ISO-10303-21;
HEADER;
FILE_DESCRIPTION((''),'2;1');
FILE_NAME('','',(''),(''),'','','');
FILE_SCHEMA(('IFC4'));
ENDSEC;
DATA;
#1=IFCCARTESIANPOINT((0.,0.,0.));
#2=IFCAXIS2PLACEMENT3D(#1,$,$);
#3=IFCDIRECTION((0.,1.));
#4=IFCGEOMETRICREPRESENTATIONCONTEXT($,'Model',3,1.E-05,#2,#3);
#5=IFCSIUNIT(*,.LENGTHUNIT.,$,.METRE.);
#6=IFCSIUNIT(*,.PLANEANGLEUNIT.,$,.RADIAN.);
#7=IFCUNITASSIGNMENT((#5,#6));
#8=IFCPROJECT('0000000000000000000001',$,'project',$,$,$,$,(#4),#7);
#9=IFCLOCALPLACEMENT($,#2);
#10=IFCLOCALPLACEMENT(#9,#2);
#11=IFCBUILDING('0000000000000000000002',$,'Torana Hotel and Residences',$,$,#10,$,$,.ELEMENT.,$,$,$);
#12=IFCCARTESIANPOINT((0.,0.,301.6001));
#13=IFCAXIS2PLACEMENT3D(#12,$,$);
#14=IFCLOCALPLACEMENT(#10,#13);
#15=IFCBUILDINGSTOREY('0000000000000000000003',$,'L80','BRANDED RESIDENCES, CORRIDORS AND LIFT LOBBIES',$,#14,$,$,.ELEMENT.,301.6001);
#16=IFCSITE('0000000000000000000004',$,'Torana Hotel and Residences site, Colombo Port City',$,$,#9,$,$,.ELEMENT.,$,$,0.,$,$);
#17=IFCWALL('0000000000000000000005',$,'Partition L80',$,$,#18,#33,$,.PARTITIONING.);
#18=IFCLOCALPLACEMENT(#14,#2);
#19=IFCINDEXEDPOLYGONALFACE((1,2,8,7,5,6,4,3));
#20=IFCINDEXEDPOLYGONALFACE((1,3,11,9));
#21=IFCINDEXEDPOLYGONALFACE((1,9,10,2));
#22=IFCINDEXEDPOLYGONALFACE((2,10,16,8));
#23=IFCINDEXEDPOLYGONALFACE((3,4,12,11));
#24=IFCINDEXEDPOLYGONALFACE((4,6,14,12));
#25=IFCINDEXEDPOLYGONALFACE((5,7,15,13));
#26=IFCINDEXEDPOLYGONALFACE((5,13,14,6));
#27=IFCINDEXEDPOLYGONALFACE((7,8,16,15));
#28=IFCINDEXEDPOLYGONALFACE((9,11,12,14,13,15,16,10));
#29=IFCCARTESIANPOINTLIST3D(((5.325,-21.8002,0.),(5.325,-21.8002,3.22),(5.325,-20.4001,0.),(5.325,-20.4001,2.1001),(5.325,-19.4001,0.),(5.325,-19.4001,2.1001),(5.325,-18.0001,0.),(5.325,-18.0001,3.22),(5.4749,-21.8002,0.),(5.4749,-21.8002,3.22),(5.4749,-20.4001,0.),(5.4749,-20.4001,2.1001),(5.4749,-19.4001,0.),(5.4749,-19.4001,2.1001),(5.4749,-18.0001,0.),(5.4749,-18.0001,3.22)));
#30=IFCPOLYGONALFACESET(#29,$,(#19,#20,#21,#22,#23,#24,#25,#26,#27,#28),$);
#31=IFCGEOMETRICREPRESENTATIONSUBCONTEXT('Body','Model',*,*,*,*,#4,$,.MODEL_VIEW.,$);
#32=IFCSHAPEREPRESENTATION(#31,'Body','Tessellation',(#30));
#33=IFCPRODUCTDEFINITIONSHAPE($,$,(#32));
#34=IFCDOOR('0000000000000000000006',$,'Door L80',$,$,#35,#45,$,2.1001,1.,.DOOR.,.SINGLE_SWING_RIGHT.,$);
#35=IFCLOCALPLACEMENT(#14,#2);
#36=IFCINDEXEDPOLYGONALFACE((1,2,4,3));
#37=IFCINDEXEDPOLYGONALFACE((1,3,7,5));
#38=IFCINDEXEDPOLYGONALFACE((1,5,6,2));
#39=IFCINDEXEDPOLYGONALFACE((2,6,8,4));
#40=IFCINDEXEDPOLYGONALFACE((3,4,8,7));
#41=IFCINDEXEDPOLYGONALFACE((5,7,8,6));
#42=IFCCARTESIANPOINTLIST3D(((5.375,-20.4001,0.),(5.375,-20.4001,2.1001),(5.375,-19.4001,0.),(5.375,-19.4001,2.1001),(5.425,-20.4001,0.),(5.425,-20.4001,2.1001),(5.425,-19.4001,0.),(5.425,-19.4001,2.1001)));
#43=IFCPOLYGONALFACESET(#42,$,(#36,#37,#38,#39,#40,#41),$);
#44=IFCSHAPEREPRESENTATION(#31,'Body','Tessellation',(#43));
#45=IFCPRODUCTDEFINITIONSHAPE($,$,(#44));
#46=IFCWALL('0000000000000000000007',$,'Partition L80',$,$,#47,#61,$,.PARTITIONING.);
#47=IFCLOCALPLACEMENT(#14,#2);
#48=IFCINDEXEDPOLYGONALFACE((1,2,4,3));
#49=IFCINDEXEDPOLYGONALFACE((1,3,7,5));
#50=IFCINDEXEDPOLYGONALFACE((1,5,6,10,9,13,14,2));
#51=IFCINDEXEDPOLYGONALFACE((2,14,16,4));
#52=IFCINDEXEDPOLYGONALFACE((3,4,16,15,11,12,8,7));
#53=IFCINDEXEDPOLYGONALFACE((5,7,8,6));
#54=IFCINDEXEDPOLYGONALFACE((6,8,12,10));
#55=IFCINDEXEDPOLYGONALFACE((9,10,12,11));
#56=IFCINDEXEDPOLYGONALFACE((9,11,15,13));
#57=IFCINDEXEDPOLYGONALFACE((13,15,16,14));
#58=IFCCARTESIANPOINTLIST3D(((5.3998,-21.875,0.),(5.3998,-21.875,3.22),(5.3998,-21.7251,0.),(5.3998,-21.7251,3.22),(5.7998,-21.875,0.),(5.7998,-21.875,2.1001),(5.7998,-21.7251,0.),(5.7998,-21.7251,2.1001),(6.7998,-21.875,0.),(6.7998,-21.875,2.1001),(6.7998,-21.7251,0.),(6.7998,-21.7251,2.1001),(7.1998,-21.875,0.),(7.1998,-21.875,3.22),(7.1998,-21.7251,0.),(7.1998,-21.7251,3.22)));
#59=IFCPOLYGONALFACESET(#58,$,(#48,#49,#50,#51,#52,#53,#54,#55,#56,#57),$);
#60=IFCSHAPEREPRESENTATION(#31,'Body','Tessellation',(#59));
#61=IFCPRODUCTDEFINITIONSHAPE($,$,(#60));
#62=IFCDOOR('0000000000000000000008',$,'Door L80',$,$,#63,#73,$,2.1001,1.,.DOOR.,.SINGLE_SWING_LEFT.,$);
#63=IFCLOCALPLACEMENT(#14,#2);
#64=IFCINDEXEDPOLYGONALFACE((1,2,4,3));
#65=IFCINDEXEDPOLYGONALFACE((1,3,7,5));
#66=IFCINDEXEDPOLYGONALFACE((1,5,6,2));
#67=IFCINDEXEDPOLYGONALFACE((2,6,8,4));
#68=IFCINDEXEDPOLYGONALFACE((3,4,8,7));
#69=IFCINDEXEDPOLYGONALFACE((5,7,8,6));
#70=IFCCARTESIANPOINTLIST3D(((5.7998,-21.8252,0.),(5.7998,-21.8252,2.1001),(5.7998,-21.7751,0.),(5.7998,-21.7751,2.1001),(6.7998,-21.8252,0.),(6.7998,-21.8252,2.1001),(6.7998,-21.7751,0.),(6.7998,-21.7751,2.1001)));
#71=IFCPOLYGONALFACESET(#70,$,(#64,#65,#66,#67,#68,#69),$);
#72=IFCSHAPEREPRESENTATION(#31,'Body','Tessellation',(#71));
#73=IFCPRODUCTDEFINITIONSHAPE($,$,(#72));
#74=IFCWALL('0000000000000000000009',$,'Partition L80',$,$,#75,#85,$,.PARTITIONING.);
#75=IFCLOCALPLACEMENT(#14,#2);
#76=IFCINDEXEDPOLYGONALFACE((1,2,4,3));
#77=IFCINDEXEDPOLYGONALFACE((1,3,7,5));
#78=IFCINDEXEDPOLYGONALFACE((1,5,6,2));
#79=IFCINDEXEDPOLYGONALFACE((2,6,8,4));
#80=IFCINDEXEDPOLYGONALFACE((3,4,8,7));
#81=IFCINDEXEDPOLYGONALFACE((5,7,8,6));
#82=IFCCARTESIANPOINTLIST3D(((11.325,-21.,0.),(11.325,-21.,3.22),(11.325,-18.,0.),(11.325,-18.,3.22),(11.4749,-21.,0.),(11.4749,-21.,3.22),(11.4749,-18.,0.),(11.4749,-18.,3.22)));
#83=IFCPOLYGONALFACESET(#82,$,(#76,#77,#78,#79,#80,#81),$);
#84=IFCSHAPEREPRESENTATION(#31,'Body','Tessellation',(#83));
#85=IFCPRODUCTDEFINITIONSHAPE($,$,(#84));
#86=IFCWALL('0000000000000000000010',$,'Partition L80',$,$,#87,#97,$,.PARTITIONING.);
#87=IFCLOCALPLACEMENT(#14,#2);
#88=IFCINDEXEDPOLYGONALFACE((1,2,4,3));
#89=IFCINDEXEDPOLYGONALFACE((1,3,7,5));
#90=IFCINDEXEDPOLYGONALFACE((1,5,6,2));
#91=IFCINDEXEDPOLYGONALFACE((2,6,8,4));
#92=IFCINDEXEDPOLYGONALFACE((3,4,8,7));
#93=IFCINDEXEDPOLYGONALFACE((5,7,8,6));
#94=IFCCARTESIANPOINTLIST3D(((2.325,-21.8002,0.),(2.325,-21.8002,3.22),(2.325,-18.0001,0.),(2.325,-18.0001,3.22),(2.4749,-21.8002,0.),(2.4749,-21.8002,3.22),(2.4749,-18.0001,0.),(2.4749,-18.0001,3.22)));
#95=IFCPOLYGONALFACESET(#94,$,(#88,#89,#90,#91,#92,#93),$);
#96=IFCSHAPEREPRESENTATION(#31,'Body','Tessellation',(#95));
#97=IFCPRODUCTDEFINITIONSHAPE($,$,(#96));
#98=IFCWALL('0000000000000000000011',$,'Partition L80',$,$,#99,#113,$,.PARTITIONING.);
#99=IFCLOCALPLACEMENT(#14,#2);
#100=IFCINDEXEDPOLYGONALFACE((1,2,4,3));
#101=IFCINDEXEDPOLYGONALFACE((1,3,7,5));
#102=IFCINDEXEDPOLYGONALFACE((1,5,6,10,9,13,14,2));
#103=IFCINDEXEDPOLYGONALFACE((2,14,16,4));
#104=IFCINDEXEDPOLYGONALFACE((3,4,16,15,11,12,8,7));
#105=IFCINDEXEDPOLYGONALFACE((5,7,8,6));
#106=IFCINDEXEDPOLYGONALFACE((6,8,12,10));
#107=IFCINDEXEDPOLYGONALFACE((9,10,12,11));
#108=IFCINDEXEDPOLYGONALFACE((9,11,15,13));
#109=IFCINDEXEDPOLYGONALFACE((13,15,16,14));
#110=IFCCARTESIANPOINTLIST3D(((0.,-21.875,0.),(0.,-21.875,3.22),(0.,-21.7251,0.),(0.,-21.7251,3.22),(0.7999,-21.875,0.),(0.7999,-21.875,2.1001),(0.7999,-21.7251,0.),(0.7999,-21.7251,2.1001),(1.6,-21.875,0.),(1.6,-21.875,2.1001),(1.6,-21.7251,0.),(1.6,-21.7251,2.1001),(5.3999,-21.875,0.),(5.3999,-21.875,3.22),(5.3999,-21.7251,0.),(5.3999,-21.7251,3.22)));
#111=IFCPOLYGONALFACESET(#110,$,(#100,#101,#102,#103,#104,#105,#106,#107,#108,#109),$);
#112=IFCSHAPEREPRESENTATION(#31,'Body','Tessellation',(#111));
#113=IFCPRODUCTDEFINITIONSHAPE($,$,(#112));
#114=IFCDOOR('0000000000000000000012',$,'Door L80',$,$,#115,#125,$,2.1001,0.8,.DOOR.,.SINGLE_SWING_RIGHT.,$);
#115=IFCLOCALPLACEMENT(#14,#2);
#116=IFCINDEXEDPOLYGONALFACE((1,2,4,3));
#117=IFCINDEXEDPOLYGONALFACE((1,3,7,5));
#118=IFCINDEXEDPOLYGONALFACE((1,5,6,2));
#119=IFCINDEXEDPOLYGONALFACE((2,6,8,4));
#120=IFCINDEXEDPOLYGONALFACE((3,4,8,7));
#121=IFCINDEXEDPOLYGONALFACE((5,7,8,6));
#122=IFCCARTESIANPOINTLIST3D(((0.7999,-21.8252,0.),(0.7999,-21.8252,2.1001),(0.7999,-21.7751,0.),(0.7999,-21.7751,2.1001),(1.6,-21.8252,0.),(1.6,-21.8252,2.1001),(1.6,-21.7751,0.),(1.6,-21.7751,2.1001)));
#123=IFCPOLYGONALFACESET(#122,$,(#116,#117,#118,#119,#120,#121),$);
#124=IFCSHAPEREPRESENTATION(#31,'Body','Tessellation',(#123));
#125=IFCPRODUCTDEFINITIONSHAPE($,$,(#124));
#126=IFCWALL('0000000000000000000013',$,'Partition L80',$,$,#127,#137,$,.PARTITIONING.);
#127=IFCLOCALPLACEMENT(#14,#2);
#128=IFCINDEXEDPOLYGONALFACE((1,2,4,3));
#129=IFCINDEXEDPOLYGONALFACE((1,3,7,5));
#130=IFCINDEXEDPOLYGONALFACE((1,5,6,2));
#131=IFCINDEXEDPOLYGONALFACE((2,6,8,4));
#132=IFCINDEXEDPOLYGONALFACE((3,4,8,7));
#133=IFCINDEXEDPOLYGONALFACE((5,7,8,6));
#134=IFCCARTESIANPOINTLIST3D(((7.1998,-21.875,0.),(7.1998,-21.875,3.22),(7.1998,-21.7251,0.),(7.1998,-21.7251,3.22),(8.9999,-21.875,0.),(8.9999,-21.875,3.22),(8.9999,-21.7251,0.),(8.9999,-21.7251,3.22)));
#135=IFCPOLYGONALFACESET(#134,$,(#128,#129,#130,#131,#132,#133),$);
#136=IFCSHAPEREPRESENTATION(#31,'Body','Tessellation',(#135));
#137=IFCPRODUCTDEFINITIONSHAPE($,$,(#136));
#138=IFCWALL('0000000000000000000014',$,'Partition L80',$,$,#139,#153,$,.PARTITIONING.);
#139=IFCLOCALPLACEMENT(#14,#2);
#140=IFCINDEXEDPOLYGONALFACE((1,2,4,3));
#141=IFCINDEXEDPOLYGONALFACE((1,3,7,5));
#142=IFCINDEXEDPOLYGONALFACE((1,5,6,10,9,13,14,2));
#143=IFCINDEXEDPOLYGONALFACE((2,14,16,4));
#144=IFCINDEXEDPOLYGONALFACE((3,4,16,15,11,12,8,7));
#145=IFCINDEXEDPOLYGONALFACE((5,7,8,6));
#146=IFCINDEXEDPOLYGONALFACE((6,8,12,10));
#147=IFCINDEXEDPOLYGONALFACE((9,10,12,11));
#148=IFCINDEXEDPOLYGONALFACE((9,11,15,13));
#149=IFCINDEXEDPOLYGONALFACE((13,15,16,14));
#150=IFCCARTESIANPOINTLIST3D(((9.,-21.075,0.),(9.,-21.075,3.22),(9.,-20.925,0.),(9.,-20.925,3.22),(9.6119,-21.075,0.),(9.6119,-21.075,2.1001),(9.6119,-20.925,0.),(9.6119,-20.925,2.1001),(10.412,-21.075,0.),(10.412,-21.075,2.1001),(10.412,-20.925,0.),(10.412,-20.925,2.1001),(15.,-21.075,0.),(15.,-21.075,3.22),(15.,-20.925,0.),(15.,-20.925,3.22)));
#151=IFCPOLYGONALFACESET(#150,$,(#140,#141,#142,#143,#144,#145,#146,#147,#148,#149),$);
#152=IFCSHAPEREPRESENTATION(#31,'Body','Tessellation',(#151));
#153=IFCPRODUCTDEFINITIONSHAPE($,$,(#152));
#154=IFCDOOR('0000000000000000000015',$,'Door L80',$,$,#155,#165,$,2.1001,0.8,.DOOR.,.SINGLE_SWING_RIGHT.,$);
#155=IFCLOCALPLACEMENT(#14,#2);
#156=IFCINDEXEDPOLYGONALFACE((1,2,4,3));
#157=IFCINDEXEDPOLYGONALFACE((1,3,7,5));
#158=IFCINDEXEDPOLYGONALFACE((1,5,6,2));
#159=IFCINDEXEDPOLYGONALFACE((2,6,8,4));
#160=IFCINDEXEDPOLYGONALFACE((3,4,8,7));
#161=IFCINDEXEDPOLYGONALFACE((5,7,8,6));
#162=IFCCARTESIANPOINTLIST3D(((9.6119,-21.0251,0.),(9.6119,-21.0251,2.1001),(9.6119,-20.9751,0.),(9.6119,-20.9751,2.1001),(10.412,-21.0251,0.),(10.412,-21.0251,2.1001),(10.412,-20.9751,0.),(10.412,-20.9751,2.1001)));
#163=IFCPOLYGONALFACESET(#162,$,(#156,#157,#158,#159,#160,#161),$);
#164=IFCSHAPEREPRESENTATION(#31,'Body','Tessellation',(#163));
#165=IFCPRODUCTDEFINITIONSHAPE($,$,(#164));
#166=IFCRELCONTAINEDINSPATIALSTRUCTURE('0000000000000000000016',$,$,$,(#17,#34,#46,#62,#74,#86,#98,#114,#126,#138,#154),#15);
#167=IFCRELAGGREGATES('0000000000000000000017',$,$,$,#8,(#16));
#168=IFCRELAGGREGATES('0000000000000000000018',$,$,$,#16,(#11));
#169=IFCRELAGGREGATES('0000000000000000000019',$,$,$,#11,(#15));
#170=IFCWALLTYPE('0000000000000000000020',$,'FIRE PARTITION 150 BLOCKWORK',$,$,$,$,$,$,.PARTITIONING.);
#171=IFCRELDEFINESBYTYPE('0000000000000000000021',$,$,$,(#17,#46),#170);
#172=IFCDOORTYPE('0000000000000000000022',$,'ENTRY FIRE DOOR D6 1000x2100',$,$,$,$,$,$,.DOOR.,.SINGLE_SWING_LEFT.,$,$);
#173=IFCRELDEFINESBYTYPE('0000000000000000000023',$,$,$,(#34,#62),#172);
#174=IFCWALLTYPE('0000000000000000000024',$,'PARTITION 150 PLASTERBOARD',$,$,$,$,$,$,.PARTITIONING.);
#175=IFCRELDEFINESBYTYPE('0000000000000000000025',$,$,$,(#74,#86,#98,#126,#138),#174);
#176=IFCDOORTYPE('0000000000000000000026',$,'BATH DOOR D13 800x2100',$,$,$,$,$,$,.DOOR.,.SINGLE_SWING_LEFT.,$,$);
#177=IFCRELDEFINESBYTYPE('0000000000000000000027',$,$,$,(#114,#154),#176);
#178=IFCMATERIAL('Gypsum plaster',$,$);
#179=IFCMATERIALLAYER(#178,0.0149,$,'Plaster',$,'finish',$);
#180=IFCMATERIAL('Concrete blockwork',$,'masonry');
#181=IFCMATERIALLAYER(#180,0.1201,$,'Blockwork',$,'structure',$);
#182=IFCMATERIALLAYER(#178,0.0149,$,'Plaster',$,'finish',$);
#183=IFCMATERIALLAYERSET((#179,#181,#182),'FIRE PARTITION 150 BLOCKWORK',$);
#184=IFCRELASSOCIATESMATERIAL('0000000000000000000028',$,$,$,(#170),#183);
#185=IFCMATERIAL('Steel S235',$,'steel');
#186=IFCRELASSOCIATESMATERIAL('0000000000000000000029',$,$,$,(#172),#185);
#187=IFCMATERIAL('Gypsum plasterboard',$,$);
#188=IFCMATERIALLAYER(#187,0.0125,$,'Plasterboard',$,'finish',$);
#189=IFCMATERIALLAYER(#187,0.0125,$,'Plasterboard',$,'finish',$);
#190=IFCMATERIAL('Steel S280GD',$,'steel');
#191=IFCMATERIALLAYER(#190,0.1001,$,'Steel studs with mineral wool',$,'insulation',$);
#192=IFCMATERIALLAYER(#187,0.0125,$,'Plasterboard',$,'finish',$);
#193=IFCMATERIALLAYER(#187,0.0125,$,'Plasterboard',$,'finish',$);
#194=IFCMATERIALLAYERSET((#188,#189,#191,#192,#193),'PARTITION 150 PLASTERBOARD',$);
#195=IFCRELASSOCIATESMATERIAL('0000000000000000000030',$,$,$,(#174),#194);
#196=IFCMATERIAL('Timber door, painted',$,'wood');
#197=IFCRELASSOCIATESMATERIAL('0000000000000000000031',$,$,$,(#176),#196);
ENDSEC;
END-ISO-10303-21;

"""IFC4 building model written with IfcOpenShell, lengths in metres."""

from ifc_helpers import new_model, si_unit, direction, frame, frame_2d, origin, place, context, subcontext, project, spatial, rectangle, extrude, material, layer, layer_set, type_object, element, fill, save


model = new_model("IFC4")

# Units and contexts
model_context = context("Model", 3, precision=1e-05, world=origin(), true_north=direction((0.0, 1.0)))
body_context = subcontext(model_context, "Body", "Model", "MODEL_VIEW")
ifc_project = project(units=[si_unit("LENGTHUNIT", "METRE"), si_unit("PLANEANGLEUNIT", "RADIAN")], contexts=[model_context])

# Site, building, storey
site_placement = place(None, origin())
site = spatial("IfcSite", under=ifc_project, at=site_placement, Name="Torana Hotel and Residences site, Colombo Port City", CompositionType="ELEMENT", RefElevation=0.0)
building_placement = place(site_placement, origin())
building = spatial("IfcBuilding", under=site, at=building_placement, Name="Torana Hotel and Residences", CompositionType="ELEMENT")
storey_placement = place(building_placement, frame((0.0, 0.0, 301.6001)))
storey = spatial("IfcBuildingStorey", under=building, at=storey_placement, Name="L80", Description="BRANDED RESIDENCES, CORRIDORS AND LIFT LOBBIES", CompositionType="ELEMENT", Elevation=301.6001)

# Shared definitions
ifc_material_1 = material(Name="Gypsum plaster")
ifc_layer_1 = layer(ifc_material_1, 0.0149, Name="Plaster", Category="finish")
ifc_material_2 = material(Name="Concrete blockwork", Category="masonry")
ifc_layer_2 = layer(ifc_material_2, 0.1201, Name="Blockwork", Category="structure")
ifc_layer_3 = layer(ifc_material_1, 0.0149, Name="Plaster", Category="finish")
ifc_layer_set_1 = layer_set([ifc_layer_1, ifc_layer_2, ifc_layer_3], Name="FIRE PARTITION 150 BLOCKWORK")
wall_type_1 = type_object("IfcWallType", Name="FIRE PARTITION 150 BLOCKWORK", PredefinedType="PARTITIONING", material=ifc_layer_set_1)
ifc_material_3 = material(Name="Steel S235", Category="steel")
door_type_1 = type_object("IfcDoorType", Name="ENTRY FIRE DOOR D6 1000x2100", OperationType="SINGLE_SWING_LEFT", PredefinedType="DOOR", material=ifc_material_3)

# Walls, openings, doors
wall_1_placement = place(storey_placement, frame((5.3999, -21.8, 0.0), z_axis=(0.0, 0.0, 1.0), x_axis=(0.0, 1.0, 0.0)))
wall_1 = element("IfcWall", 1, at=wall_1_placement, inside=storey, type_object=wall_type_1, Name="Partition L80", PredefinedType="PARTITIONING", context=body_context, shape_type="SweptSolid", body=[
    extrude(rectangle(XDim=3.8, YDim=0.1499, at=frame_2d((1.8999, 0.0))), origin(), (0.0, 0.0, 1.0), 3.22),
])
opening_1_placement = place(wall_1_placement, frame((1.3999, 0.0, 0.0)))
opening_1 = element("IfcOpeningElement", 2, at=opening_1_placement, cuts=wall_1, PredefinedType="OPENING", context=body_context, shape_type="SweptSolid", body=[
    extrude(rectangle(XDim=1.0, YDim=2.1001, at=frame_2d((0.5, 1.05))), frame((0.0, 0.085, 0.0), z_axis=(0.0, -1.0, 0.0), x_axis=(1.0, 0.0, 0.0)), (0.0, 0.0, 1.0), 0.1699),
])
door_1_placement = place(opening_1_placement, origin())
door_1 = element("IfcDoor", 3, at=door_1_placement, inside=storey, type_object=door_type_1, Name="Door L80", OperationType="SINGLE_SWING_RIGHT", OverallHeight=2.1001, OverallWidth=1.0, PredefinedType="DOOR", context=body_context, shape_type="SweptSolid", body=[
    extrude(rectangle(XDim=1.0, YDim=2.1001, at=frame_2d((0.5, 1.05))), frame((0.0, 0.0249, 0.0), z_axis=(0.0, -1.0, 0.0), x_axis=(1.0, 0.0, 0.0)), (0.0, 0.0, 1.0), 0.05),
])
fill(opening_1, door_1)
wall_2_placement = place(storey_placement, frame((5.3999, -21.8, 0.0), z_axis=(0.0, 0.0, 1.0), x_axis=(1.0, 0.0, 0.0)))
wall_2 = element("IfcWall", 4, at=wall_2_placement, inside=storey, type_object=wall_type_1, Name="Partition L80", PredefinedType="PARTITIONING", context=body_context, shape_type="SweptSolid", body=[
    extrude(rectangle(XDim=1.8, YDim=0.1499, at=frame_2d((0.8999, 0.0))), origin(), (0.0, 0.0, 1.0), 3.22),
])
opening_2_placement = place(wall_2_placement, frame((0.3999, 0.0, 0.0)))
opening_2 = element("IfcOpeningElement", 5, at=opening_2_placement, cuts=wall_2, PredefinedType="OPENING", context=body_context, shape_type="SweptSolid", body=[
    extrude(rectangle(XDim=1.0, YDim=2.1001, at=frame_2d((0.5, 1.05))), frame((0.0, 0.085, 0.0), z_axis=(0.0, -1.0, 0.0), x_axis=(1.0, 0.0, 0.0)), (0.0, 0.0, 1.0), 0.1699),
])
door_2_placement = place(opening_2_placement, frame((0.5, 0.0, 0.0), z_axis=(0.0, 0.0, 1.0), x_axis=(-1.0, 0.0, 0.0)))
door_2 = element("IfcDoor", 6, at=door_2_placement, inside=storey, type_object=door_type_1, Name="Door L80", OperationType="SINGLE_SWING_LEFT", OverallHeight=2.1001, OverallWidth=1.0, PredefinedType="DOOR", context=body_context, shape_type="SweptSolid", body=[
    extrude(rectangle(XDim=1.0, YDim=2.1001, at=frame_2d((0.0, 1.05))), frame((0.0, -0.0249, 0.0), z_axis=(0.0, 1.0, 0.0), x_axis=(-1.0, 0.0, 0.0)), (0.0, 0.0, 1.0), 0.05),
])
fill(opening_2, door_2)

# Walls
ifc_material_4 = material(Name="Gypsum plasterboard")
ifc_layer_4 = layer(ifc_material_4, 0.0125, Name="Plasterboard", Category="finish")
ifc_layer_5 = layer(ifc_material_4, 0.0125, Name="Plasterboard", Category="finish")
ifc_material_5 = material(Name="Steel S280GD", Category="steel")
ifc_layer_6 = layer(ifc_material_5, 0.1001, Name="Steel studs with mineral wool", Category="insulation")
ifc_layer_7 = layer(ifc_material_4, 0.0125, Name="Plasterboard", Category="finish")
ifc_layer_8 = layer(ifc_material_4, 0.0125, Name="Plasterboard", Category="finish")
ifc_layer_set_2 = layer_set([ifc_layer_4, ifc_layer_5, ifc_layer_6, ifc_layer_7, ifc_layer_8], Name="PARTITION 150 PLASTERBOARD")
wall_type_2 = type_object("IfcWallType", Name="PARTITION 150 PLASTERBOARD", PredefinedType="PARTITIONING", material=ifc_layer_set_2)
wall_3_placement = place(storey_placement, frame((11.3999, -21.0, 0.0), z_axis=(0.0, 0.0, 1.0), x_axis=(0.0, 1.0, 0.0)))
element("IfcWall", 7, at=wall_3_placement, inside=storey, type_object=wall_type_2, Name="Partition L80", PredefinedType="PARTITIONING", context=body_context, shape_type="SweptSolid", body=[
    extrude(rectangle(XDim=3.0, YDim=0.1499, at=frame_2d((1.5, 0.0))), origin(), (0.0, 0.0, 1.0), 3.22),
])
wall_4_placement = place(storey_placement, frame((2.3999, -21.8, 0.0), z_axis=(0.0, 0.0, 1.0), x_axis=(0.0, 1.0, 0.0)))
element("IfcWall", 8, at=wall_4_placement, inside=storey, type_object=wall_type_2, Name="Partition L80", PredefinedType="PARTITIONING", context=body_context, shape_type="SweptSolid", body=[
    extrude(rectangle(XDim=3.8, YDim=0.1499, at=frame_2d((1.8999, 0.0))), origin(), (0.0, 0.0, 1.0), 3.22),
])

# Wall, opening, door
wall_5_placement = place(storey_placement, frame((0.0, -21.8, 0.0), z_axis=(0.0, 0.0, 1.0), x_axis=(1.0, 0.0, 0.0)))
wall_5 = element("IfcWall", 9, at=wall_5_placement, inside=storey, type_object=wall_type_2, Name="Partition L80", PredefinedType="PARTITIONING", context=body_context, shape_type="SweptSolid", body=[
    extrude(rectangle(XDim=5.3999, YDim=0.1499, at=frame_2d((2.7, 0.0))), origin(), (0.0, 0.0, 1.0), 3.22),
])
opening_3_placement = place(wall_5_placement, frame((0.8, 0.0, 0.0)))
opening_3 = element("IfcOpeningElement", 10, at=opening_3_placement, cuts=wall_5, PredefinedType="OPENING", context=body_context, shape_type="SweptSolid", body=[
    extrude(rectangle(XDim=0.8, YDim=2.1001, at=frame_2d((0.3999, 1.05))), frame((0.0, 0.085, 0.0), z_axis=(0.0, -1.0, 0.0), x_axis=(1.0, 0.0, 0.0)), (0.0, 0.0, 1.0), 0.1699),
])
ifc_material_6 = material(Name="Timber door, painted", Category="wood")
door_type_2 = type_object("IfcDoorType", Name="BATH DOOR D13 800x2100", OperationType="SINGLE_SWING_LEFT", PredefinedType="DOOR", material=ifc_material_6)
door_3_placement = place(opening_3_placement, origin())
door_3 = element("IfcDoor", 11, at=door_3_placement, inside=storey, type_object=door_type_2, Name="Door L80", OperationType="SINGLE_SWING_RIGHT", OverallHeight=2.1001, OverallWidth=0.8, PredefinedType="DOOR", context=body_context, shape_type="SweptSolid", body=[
    extrude(rectangle(XDim=0.8, YDim=2.1001, at=frame_2d((0.3999, 1.05))), frame((0.0, 0.0249, 0.0), z_axis=(0.0, -1.0, 0.0), x_axis=(1.0, 0.0, 0.0)), (0.0, 0.0, 1.0), 0.05),
])
fill(opening_3, door_3)

# Wall
wall_6_placement = place(storey_placement, frame((7.2, -21.8, 0.0), z_axis=(0.0, 0.0, 1.0), x_axis=(1.0, 0.0, 0.0)))
element("IfcWall", 12, at=wall_6_placement, inside=storey, type_object=wall_type_2, Name="Partition L80", PredefinedType="PARTITIONING", context=body_context, shape_type="SweptSolid", body=[
    extrude(rectangle(XDim=1.8, YDim=0.1499, at=frame_2d((0.8999, 0.0))), origin(), (0.0, 0.0, 1.0), 3.22),
])

# Wall, opening, door
wall_7_placement = place(storey_placement, frame((9.0, -21.0, 0.0), z_axis=(0.0, 0.0, 1.0), x_axis=(1.0, 0.0, 0.0)))
wall_7 = element("IfcWall", 13, at=wall_7_placement, inside=storey, type_object=wall_type_2, Name="Partition L80", PredefinedType="PARTITIONING", context=body_context, shape_type="SweptSolid", body=[
    extrude(rectangle(XDim=6.0, YDim=0.1499, at=frame_2d((3.0, 0.0))), origin(), (0.0, 0.0, 1.0), 3.22),
])
opening_4_placement = place(wall_7_placement, frame((0.6121, 0.0, 0.0)))
opening_4 = element("IfcOpeningElement", 14, at=opening_4_placement, cuts=wall_7, PredefinedType="OPENING", context=body_context, shape_type="SweptSolid", body=[
    extrude(rectangle(XDim=0.8, YDim=2.1001, at=frame_2d((0.3999, 1.05))), frame((0.0, 0.085, 0.0), z_axis=(0.0, -1.0, 0.0), x_axis=(1.0, 0.0, 0.0)), (0.0, 0.0, 1.0), 0.1699),
])
door_4_placement = place(opening_4_placement, origin())
door_4 = element("IfcDoor", 15, at=door_4_placement, inside=storey, type_object=door_type_2, Name="Door L80", OperationType="SINGLE_SWING_RIGHT", OverallHeight=2.1001, OverallWidth=0.8, PredefinedType="DOOR", context=body_context, shape_type="SweptSolid", body=[
    extrude(rectangle(XDim=0.8, YDim=2.1001, at=frame_2d((0.3999, 1.05))), frame((0.0, 0.0249, 0.0), z_axis=(0.0, -1.0, 0.0), x_axis=(1.0, 0.0, 0.0)), (0.0, 0.0, 1.0), 0.05),
])
fill(opening_4, door_4)

save(model, "model.ifc")
